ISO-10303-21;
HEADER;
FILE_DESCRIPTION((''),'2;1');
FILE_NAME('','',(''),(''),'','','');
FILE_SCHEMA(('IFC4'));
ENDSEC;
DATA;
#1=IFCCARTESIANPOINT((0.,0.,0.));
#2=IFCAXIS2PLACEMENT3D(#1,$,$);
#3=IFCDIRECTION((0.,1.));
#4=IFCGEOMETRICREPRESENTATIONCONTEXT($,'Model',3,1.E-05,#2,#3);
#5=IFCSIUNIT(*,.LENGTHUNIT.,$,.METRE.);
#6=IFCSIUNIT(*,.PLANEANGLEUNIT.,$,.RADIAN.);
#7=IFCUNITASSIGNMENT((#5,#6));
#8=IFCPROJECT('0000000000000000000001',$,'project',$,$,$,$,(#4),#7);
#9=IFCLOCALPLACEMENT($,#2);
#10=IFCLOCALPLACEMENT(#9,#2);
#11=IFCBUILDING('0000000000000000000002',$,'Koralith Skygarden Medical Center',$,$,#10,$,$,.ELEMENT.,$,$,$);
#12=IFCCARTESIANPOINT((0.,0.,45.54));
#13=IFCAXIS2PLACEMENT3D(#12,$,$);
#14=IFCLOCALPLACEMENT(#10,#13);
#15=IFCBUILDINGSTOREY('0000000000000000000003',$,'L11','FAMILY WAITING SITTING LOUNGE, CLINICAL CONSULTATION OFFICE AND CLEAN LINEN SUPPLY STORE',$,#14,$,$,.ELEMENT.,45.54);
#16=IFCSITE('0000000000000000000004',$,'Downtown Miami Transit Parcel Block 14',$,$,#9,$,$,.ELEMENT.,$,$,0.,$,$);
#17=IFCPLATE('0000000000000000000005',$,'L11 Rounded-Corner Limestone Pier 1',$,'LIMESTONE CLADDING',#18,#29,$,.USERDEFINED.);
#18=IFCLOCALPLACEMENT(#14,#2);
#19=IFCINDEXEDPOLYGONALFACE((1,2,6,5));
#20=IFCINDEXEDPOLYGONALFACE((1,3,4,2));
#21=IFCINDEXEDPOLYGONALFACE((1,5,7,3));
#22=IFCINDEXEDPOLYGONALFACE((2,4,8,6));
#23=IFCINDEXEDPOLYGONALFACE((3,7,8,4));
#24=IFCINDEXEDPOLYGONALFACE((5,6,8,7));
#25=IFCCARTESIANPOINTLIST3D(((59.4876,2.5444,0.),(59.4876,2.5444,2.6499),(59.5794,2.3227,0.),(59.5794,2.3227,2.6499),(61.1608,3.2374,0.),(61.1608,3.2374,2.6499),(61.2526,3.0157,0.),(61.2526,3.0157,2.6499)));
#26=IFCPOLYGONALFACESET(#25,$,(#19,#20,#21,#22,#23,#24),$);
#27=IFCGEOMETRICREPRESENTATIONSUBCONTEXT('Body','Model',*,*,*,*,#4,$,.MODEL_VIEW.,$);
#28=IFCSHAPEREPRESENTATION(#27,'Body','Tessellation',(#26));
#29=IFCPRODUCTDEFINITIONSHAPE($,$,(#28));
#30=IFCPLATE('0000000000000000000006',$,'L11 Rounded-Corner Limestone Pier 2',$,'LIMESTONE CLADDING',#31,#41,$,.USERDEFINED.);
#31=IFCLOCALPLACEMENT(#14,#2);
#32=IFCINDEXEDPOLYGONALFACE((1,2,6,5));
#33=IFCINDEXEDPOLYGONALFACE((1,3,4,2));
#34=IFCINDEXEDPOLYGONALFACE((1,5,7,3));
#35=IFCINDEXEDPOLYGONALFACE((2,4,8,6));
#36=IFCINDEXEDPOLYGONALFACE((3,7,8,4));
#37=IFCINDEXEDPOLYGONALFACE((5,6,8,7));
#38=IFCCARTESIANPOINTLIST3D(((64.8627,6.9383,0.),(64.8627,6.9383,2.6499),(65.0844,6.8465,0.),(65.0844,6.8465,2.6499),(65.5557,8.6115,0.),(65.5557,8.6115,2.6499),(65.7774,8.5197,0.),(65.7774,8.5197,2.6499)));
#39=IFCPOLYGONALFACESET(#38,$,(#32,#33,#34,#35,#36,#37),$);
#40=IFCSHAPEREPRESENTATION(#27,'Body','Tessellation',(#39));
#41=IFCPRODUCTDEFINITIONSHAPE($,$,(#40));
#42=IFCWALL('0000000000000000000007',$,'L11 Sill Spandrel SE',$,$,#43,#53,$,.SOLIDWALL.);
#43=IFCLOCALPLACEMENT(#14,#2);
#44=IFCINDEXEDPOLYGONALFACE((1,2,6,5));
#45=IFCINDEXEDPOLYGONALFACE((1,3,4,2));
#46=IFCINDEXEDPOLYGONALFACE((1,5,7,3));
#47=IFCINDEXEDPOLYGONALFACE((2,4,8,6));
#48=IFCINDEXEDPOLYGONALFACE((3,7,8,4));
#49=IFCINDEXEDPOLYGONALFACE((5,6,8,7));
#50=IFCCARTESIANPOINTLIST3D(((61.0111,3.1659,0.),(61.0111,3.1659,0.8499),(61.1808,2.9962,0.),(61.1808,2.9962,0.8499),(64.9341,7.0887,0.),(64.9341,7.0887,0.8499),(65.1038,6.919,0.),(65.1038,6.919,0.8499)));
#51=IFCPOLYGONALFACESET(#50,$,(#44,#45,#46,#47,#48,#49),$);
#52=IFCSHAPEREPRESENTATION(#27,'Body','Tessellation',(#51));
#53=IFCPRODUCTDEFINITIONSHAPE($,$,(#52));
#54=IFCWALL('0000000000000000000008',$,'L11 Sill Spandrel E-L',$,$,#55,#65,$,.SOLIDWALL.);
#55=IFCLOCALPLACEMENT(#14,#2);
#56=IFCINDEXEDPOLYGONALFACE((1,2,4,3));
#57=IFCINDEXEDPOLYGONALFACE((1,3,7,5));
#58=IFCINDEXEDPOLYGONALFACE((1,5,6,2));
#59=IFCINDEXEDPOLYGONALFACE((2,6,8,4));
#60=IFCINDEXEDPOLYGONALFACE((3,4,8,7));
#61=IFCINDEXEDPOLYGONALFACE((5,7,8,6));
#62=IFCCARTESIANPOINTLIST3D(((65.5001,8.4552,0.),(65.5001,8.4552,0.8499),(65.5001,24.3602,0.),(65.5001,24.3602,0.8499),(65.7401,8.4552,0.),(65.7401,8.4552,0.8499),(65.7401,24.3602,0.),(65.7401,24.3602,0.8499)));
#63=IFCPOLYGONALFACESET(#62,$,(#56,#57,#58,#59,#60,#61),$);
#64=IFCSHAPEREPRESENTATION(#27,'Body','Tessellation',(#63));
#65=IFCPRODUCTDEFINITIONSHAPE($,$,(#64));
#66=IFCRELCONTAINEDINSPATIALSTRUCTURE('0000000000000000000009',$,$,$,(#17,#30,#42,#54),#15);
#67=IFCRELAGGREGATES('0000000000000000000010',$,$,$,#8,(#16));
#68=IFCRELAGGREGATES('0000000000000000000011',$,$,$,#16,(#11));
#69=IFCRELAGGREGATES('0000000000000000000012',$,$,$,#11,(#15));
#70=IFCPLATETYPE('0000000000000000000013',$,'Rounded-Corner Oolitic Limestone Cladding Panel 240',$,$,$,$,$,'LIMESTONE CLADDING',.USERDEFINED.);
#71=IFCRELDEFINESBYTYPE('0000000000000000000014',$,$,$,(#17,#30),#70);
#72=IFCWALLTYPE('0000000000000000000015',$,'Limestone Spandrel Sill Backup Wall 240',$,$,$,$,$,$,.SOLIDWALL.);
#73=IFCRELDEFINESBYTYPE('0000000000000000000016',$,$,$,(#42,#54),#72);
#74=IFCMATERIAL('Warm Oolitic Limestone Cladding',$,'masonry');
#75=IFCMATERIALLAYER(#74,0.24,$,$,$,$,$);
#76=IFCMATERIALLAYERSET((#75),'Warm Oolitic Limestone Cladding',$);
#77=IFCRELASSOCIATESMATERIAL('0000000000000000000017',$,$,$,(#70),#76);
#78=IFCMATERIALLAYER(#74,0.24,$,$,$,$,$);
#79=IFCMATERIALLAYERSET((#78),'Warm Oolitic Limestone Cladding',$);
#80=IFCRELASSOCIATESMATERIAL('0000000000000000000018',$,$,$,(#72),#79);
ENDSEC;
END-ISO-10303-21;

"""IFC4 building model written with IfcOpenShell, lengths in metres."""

from ifc_helpers import new_model, si_unit, direction, frame, frame_2d, origin, origin_2d, place, context, subcontext, project, spatial, rectangle, extrude, material, layer, layer_set, type_object, element, save


model = new_model("IFC4")

# Units and contexts
model_context = context("Model", 3, precision=1e-05, world=origin(), true_north=direction((0.0, 1.0)))
body_context = subcontext(model_context, "Body", "Model", "MODEL_VIEW")
ifc_project = project(units=[si_unit("LENGTHUNIT", "METRE"), si_unit("PLANEANGLEUNIT", "RADIAN")], contexts=[model_context])

# Site, building, storey
site_placement = place(None, origin())
site = spatial("IfcSite", under=ifc_project, at=site_placement, Name="Downtown Miami Transit Parcel Block 14", CompositionType="ELEMENT", RefElevation=0.0)
building_placement = place(site_placement, origin())
building = spatial("IfcBuilding", under=site, at=building_placement, Name="Koralith Skygarden Medical Center", CompositionType="ELEMENT")
storey_placement = place(building_placement, frame((0.0, 0.0, 45.54)))
storey = spatial("IfcBuildingStorey", under=building, at=storey_placement, Name="L11", Description="FAMILY WAITING SITTING LOUNGE, CLINICAL CONSULTATION OFFICE AND CLEAN LINEN SUPPLY STORE", CompositionType="ELEMENT", Elevation=45.54)

# Plates
ifc_material_1 = material(Name="Warm Oolitic Limestone Cladding", Category="masonry")
ifc_layer_1 = layer(ifc_material_1, 0.24)
ifc_layer_set_1 = layer_set([ifc_layer_1], Name="Warm Oolitic Limestone Cladding")
plate_type_1 = type_object("IfcPlateType", Name="Rounded-Corner Oolitic Limestone Cladding Panel 240", ElementType="LIMESTONE CLADDING", PredefinedType="USERDEFINED", material=ifc_layer_set_1)
for number, where, z_axis, x_axis, name in (
    (1, (60.3701, 2.78, 0.0), (0.0, 0.0, 1.0), (0.923885, 0.382671, 0.0), "L11 Rounded-Corner Limestone Pier 1"),
    (2, (65.3201, 7.729, 0.0), (0.0, 0.0, 1.0), (0.382671, 0.923885, 0.0), "L11 Rounded-Corner Limestone Pier 2"),
):
    element("IfcPlate", number, at=place(storey_placement, frame(where, z_axis=z_axis, x_axis=x_axis)), inside=storey, type_object=plate_type_1, Name=name, ObjectType="LIMESTONE CLADDING", PredefinedType="USERDEFINED", context=body_context, shape_type="SweptSolid", body=[
        extrude(rectangle(XDim=1.811, YDim=0.24, at=origin_2d()), origin(), (0.0, 0.0, 1.0), 2.6499),
    ])

# Walls
ifc_layer_2 = layer(ifc_material_1, 0.24)
ifc_layer_set_2 = layer_set([ifc_layer_2], Name="Warm Oolitic Limestone Cladding")
wall_type = type_object("IfcWallType", Name="Limestone Spandrel Sill Backup Wall 240", PredefinedType="SOLIDWALL", material=ifc_layer_set_2)
wall_1_placement = place(storey_placement, frame((61.0959, 3.0811, 0.0), z_axis=(0.0, 0.0, 1.0), x_axis=(0.707129, 0.707085, 0.0)))
element("IfcWall", 3, at=wall_1_placement, inside=storey, type_object=wall_type, Name="L11 Sill Spandrel SE", PredefinedType="SOLIDWALL", context=body_context, shape_type="SweptSolid", body=[
    extrude(rectangle(XDim=5.5479, YDim=0.24, at=frame_2d((2.7739, 0.0))), origin(), (0.0, 0.0, 1.0), 0.8499),
])
wall_2_placement = place(storey_placement, frame((65.6201, 8.4551, 0.0), z_axis=(0.0, 0.0, 1.0), x_axis=(0.0, 1.0, 0.0)))
element("IfcWall", 4, at=wall_2_placement, inside=storey, type_object=wall_type, Name="L11 Sill Spandrel E-L", PredefinedType="SOLIDWALL", context=body_context, shape_type="SweptSolid", body=[
    extrude(rectangle(XDim=15.905, YDim=0.24, at=frame_2d((7.9526, 0.0))), origin(), (0.0, 0.0, 1.0), 0.8499),
])

save(model, "model.ifc")
